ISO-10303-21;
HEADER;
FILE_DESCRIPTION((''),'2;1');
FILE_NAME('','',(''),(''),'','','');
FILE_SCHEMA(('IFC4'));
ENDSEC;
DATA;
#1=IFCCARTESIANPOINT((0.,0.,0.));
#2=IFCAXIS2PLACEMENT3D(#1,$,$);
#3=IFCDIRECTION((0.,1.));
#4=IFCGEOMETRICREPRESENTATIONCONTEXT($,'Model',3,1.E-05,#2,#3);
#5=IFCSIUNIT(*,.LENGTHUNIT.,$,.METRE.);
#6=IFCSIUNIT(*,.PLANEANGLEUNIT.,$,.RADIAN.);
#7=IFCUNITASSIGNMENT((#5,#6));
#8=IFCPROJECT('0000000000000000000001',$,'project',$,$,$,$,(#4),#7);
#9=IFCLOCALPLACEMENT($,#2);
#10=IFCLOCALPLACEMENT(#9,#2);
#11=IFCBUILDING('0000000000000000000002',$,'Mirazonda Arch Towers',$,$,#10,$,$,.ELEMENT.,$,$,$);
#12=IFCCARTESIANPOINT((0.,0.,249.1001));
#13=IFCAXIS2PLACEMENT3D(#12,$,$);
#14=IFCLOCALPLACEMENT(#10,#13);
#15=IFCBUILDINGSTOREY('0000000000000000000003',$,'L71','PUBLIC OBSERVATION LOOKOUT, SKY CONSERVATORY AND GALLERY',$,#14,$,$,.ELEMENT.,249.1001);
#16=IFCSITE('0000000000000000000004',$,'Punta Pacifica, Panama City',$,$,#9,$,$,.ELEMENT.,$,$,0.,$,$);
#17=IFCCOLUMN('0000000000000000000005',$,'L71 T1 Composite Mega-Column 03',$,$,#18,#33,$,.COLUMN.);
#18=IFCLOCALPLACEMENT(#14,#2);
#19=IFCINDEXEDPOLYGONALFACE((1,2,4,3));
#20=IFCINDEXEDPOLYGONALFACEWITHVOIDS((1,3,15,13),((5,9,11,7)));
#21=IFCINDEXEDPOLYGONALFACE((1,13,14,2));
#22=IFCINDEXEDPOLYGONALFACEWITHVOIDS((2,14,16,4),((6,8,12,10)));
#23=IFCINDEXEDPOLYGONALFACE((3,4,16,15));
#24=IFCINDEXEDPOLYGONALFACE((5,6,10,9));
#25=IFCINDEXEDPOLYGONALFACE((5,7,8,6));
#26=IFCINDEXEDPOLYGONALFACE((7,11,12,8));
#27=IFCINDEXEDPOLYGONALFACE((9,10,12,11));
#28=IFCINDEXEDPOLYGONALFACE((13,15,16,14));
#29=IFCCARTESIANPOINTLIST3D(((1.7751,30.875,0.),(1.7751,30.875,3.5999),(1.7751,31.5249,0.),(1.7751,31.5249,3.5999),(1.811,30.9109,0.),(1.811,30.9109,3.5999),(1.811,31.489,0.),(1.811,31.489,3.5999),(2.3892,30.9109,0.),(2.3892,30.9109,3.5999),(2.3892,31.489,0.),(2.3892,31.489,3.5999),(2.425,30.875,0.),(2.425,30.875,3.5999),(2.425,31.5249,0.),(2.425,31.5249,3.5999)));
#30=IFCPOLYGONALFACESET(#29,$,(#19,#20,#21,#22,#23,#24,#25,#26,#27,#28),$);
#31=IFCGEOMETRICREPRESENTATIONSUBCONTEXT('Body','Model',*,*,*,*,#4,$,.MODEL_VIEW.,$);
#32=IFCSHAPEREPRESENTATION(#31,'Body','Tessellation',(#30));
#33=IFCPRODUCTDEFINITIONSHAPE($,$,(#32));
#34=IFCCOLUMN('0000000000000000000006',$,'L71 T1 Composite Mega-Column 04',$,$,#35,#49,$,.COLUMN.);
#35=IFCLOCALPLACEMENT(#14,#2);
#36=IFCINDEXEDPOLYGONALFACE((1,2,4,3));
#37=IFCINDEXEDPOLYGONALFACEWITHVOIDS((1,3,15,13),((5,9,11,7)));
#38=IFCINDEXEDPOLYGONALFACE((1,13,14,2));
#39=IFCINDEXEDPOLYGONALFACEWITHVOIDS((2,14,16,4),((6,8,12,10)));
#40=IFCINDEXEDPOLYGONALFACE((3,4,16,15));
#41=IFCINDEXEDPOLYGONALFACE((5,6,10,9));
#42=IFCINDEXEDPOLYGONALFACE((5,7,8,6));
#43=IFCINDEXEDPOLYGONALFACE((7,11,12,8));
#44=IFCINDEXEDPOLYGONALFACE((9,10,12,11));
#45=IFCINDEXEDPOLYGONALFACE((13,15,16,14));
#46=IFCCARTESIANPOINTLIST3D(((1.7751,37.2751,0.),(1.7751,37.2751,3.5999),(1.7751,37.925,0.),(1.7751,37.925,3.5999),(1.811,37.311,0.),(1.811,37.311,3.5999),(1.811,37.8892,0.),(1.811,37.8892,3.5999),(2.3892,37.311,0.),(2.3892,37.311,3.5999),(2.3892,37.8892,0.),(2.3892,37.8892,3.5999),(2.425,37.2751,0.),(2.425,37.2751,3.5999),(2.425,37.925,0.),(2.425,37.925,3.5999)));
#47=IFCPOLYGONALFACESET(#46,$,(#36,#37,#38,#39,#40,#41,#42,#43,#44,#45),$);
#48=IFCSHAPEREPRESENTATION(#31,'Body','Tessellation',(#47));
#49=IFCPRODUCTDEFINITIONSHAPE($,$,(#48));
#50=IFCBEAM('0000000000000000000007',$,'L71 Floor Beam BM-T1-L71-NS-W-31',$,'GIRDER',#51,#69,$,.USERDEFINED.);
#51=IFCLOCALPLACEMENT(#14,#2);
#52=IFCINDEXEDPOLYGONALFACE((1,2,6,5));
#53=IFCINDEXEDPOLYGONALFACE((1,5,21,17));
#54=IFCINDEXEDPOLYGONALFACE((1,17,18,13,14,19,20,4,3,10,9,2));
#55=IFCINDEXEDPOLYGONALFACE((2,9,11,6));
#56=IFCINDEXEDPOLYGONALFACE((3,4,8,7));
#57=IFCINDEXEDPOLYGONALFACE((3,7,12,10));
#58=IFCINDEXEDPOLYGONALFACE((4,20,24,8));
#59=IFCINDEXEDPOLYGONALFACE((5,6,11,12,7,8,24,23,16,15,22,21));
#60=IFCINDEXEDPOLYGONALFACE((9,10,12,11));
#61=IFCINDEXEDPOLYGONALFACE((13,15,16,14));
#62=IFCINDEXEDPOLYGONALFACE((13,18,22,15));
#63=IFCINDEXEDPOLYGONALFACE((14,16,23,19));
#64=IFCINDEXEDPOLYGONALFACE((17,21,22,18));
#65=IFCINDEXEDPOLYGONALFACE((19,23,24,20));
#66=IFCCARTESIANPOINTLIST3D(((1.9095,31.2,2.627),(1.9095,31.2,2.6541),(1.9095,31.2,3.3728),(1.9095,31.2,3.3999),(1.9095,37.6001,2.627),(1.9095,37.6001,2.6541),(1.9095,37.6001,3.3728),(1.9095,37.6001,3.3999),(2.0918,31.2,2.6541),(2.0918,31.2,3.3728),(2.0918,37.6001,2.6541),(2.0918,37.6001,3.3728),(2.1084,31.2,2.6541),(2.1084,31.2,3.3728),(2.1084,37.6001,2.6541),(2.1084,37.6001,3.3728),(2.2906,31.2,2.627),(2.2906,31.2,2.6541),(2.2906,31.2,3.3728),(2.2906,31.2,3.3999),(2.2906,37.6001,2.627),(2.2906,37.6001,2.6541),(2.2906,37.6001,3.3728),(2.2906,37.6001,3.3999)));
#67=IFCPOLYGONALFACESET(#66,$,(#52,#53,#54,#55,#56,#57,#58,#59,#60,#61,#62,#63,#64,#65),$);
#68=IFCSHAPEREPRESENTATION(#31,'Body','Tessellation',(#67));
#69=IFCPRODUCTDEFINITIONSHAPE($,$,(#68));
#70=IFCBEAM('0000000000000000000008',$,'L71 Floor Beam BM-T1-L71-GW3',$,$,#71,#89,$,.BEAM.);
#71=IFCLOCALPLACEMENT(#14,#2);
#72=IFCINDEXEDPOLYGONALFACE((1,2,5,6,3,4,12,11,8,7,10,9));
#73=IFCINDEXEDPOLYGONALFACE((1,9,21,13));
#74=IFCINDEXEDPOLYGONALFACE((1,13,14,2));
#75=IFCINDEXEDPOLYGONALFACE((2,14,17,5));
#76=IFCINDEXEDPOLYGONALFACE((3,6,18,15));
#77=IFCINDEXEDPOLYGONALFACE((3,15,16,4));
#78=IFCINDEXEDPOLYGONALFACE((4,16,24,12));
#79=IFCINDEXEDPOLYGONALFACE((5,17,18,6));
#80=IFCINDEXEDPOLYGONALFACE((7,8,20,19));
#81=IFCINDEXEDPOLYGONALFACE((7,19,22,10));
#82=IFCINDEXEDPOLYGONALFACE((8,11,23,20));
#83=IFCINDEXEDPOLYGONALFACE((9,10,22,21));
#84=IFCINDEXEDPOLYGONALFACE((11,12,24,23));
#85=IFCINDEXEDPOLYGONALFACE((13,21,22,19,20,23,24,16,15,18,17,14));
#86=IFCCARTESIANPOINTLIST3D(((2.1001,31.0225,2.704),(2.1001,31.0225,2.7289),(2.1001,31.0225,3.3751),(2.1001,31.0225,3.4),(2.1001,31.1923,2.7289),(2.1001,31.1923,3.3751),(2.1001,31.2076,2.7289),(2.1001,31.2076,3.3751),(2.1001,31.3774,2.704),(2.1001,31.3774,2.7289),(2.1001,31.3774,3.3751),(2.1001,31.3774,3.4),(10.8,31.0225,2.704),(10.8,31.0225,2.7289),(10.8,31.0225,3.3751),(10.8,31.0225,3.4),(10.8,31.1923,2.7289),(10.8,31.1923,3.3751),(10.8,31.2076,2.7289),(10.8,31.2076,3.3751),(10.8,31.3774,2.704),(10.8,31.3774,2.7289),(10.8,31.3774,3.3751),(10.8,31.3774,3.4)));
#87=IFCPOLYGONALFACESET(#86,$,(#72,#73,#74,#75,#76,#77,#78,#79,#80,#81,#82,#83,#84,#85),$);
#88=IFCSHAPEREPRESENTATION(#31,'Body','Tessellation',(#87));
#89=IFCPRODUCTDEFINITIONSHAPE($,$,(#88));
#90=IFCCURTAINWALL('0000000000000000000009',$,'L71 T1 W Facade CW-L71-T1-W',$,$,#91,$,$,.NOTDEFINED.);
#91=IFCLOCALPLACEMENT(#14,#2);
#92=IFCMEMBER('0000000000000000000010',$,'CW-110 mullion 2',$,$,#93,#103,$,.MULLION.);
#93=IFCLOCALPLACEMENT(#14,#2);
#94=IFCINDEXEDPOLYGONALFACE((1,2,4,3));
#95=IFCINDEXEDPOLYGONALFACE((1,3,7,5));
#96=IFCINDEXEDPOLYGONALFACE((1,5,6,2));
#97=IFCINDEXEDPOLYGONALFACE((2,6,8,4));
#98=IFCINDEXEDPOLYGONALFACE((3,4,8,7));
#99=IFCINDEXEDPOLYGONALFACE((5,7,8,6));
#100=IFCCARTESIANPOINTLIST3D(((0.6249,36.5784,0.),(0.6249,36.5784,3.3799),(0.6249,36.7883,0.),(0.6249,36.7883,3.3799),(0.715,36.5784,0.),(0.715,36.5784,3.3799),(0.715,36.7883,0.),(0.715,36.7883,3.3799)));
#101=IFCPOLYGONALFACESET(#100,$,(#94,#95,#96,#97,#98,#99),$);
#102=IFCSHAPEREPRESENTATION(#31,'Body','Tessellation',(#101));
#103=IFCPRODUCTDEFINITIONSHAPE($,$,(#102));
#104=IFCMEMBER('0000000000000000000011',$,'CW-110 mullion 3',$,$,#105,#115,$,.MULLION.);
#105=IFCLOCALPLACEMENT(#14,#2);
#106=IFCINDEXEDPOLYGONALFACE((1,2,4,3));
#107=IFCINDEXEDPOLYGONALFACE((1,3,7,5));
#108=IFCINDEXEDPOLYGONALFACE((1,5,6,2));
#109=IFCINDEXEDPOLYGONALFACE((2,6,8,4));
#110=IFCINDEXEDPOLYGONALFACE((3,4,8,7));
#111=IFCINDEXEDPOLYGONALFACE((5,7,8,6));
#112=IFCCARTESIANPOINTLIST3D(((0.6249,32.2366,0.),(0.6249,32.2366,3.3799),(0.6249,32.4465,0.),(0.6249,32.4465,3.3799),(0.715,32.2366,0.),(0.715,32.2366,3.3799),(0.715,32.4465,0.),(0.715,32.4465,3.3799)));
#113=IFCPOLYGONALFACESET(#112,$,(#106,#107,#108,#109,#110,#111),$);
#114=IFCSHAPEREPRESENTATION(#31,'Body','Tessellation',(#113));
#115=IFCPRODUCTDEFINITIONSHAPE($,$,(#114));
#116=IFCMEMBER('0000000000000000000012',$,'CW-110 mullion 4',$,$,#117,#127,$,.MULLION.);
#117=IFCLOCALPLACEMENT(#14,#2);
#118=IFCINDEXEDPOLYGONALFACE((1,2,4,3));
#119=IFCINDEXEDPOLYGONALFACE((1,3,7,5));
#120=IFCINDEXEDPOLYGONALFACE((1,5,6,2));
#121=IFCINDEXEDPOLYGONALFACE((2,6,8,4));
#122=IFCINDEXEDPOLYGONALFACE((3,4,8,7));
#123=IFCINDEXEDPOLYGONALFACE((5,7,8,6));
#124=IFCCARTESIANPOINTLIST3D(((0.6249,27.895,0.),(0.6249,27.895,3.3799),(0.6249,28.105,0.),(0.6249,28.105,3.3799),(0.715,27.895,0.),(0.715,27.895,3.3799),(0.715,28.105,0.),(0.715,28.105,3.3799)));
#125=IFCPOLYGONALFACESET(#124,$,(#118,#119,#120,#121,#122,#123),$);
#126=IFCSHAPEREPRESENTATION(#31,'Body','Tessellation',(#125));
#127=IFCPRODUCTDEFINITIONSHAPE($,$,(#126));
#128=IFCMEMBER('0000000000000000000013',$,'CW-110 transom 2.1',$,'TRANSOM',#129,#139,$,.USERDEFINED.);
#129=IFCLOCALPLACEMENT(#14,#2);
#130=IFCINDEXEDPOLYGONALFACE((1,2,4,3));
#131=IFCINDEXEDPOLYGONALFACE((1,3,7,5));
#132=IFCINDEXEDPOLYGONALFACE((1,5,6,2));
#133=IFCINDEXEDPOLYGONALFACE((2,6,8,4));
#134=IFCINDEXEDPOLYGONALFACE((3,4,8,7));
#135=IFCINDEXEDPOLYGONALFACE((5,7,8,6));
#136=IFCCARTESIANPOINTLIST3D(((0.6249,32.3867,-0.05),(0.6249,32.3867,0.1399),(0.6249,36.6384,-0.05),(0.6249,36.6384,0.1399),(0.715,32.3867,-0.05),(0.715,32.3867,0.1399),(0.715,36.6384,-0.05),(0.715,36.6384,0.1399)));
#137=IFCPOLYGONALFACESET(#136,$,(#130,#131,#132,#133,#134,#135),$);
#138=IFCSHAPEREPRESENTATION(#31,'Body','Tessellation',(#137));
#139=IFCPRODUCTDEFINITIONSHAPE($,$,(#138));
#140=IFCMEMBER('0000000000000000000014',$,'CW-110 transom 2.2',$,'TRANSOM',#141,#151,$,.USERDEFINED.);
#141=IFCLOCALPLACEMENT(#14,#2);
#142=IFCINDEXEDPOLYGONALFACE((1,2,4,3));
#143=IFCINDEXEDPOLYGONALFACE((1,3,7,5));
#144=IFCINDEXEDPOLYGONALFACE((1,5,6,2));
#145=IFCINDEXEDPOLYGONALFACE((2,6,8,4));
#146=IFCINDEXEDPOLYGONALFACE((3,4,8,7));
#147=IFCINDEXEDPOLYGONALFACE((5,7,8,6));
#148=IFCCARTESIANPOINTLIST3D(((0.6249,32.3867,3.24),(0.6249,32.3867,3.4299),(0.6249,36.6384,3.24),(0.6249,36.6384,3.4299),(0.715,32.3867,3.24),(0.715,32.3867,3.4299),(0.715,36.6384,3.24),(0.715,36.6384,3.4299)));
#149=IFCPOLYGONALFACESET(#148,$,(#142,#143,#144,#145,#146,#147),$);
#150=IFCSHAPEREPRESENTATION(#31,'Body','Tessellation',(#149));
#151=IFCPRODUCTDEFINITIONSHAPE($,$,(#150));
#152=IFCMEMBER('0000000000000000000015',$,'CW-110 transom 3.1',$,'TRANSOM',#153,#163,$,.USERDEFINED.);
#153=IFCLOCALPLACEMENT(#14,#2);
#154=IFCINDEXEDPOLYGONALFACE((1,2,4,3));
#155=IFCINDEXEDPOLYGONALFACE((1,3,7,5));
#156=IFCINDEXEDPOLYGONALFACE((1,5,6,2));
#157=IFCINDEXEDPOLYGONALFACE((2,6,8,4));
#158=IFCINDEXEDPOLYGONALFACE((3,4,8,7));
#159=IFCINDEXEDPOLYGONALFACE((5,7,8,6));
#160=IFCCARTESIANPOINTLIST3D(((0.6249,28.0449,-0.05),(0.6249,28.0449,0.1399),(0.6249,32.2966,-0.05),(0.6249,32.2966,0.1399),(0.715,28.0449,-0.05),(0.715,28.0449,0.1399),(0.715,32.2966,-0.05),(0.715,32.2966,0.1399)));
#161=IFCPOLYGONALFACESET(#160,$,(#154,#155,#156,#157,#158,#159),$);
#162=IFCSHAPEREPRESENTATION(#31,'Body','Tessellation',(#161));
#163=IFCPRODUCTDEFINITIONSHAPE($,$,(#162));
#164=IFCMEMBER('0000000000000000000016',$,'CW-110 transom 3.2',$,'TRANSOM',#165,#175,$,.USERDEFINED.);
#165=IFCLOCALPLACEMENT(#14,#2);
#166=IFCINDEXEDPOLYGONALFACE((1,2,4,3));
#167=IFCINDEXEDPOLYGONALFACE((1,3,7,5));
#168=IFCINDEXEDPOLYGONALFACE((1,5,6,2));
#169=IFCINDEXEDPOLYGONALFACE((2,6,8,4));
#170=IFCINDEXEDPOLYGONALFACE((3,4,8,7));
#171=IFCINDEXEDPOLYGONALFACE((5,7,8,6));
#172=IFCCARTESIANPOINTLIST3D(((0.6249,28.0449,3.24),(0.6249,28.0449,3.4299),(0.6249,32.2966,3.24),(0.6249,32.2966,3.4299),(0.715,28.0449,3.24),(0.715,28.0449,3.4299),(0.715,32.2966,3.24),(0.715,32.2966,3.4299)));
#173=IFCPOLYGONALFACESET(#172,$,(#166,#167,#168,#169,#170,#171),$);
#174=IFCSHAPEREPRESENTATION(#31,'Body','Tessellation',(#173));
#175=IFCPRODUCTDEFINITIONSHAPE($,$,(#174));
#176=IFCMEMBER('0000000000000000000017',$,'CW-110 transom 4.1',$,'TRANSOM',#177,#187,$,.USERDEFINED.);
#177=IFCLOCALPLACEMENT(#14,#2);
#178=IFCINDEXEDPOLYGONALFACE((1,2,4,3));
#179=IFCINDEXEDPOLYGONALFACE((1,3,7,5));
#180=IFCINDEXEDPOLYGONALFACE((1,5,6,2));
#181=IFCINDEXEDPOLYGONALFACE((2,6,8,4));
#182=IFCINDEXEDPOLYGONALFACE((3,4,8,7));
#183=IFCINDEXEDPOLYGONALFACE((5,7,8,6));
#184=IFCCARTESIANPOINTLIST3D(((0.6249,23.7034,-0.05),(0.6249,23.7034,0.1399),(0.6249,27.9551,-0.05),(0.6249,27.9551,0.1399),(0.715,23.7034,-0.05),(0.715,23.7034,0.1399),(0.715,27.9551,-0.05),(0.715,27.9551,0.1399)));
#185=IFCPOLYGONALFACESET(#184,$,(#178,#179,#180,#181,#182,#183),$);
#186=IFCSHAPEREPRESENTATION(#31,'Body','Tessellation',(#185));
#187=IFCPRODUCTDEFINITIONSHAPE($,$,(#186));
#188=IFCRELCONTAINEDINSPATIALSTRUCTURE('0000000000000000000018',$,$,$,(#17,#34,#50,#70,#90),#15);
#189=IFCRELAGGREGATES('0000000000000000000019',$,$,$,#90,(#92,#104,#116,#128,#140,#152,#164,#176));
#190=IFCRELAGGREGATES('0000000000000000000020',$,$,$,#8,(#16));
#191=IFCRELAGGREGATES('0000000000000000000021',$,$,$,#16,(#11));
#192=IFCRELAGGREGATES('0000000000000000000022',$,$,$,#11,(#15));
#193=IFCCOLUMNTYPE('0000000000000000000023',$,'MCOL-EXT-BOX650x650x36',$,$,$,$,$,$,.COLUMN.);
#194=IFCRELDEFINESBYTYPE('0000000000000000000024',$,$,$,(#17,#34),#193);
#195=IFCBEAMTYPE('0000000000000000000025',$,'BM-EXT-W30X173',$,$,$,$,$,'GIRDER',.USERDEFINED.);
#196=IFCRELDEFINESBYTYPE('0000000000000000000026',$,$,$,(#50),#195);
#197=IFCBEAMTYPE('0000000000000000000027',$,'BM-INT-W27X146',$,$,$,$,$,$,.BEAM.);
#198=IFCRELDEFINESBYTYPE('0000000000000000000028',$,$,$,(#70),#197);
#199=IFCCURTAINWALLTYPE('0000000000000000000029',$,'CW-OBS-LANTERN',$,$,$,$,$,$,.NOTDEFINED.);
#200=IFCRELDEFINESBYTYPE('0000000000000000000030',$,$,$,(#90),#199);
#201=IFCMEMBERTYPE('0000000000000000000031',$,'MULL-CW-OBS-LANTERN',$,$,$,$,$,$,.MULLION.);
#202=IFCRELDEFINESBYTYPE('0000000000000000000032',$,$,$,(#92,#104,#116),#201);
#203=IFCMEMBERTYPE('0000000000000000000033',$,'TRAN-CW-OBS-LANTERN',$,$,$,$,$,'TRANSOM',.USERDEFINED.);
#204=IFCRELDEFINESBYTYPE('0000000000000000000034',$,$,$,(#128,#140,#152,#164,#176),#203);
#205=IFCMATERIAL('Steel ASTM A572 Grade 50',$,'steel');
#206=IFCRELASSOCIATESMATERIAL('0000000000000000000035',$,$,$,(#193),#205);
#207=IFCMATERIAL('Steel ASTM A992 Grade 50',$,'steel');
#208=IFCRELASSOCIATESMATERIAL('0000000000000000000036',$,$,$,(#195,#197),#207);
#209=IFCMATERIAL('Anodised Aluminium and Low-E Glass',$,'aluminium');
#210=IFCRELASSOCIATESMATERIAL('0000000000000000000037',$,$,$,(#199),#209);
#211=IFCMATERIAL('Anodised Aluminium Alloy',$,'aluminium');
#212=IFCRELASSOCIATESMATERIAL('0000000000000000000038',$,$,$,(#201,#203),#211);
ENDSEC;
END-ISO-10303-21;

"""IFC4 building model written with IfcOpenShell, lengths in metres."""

from ifc_helpers import new_model, si_unit, direction, frame, origin, origin_2d, place, context, subcontext, project, spatial, rectangle, hollow_rectangle, i_section, extrude, material, material_profile, profile_set, type_object, element, aggregate, save


model = new_model("IFC4")

# Units and contexts
model_context = context("Model", 3, precision=1e-05, world=origin(), true_north=direction((0.0, 1.0)))
body_context = subcontext(model_context, "Body", "Model", "MODEL_VIEW")
ifc_project = project(units=[si_unit("LENGTHUNIT", "METRE"), si_unit("PLANEANGLEUNIT", "RADIAN")], contexts=[model_context])

# Site, building, storey
site_placement = place(None, origin())
site = spatial("IfcSite", under=ifc_project, at=site_placement, Name="Punta Pacifica, Panama City", CompositionType="ELEMENT", RefElevation=0.0)
building_placement = place(site_placement, origin())
building = spatial("IfcBuilding", under=site, at=building_placement, Name="Mirazonda Arch Towers", CompositionType="ELEMENT")
storey_placement = place(building_placement, frame((0.0, 0.0, 249.1001)))
storey = spatial("IfcBuildingStorey", under=building, at=storey_placement, Name="L71", Description="PUBLIC OBSERVATION LOOKOUT, SKY CONSERVATORY AND GALLERY", CompositionType="ELEMENT", Elevation=249.1001)

# Columns
ifc_material_1 = material(Name="Steel ASTM A572 Grade 50", Category="steel")
ifc_material_profile_1 = material_profile(ifc_material_1, hollow_rectangle(XDim=0.6499, YDim=0.6499, WallThickness=0.0359, at=origin_2d()), Name="BOX650x650x36")
ifc_profile_set_1 = profile_set([ifc_material_profile_1], Name="Steel ASTM A572 Grade 50")
column_type = type_object("IfcColumnType", Name="MCOL-EXT-BOX650x650x36", PredefinedType="COLUMN", material=ifc_profile_set_1)
for number, where, z_axis, x_axis, name in (
    (1, (2.1001, 31.2, 0.0), (0.0, 0.0, 1.0), (1.0, 0.0, 0.0), "L71 T1 Composite Mega-Column 03"),
    (2, (2.1001, 37.6001, 0.0), (0.0, 0.0, 1.0), (1.0, 0.0, 0.0), "L71 T1 Composite Mega-Column 04"),
):
    element("IfcColumn", number, at=place(storey_placement, frame(where, z_axis=z_axis, x_axis=x_axis)), inside=storey, type_object=column_type, Name=name, PredefinedType="COLUMN", context=body_context, shape_type="SweptSolid", body=[
        extrude(hollow_rectangle(XDim=0.6499, YDim=0.6499, WallThickness=0.0359, at=origin_2d()), origin(), (0.0, 0.0, 1.0), 3.5999),
    ])

# Beams
ifc_material_2 = material(Name="Steel ASTM A992 Grade 50", Category="steel")
ifc_material_profile_2 = material_profile(ifc_material_2, i_section(OverallWidth=0.3811, OverallDepth=0.7729, WebThickness=0.0166, FlangeThickness=0.0271, at=origin_2d()), Name="W30X173")
ifc_profile_set_2 = profile_set([ifc_material_profile_2], Name="Steel ASTM A992 Grade 50")
beam_type_1 = type_object("IfcBeamType", Name="BM-EXT-W30X173", ElementType="GIRDER", PredefinedType="USERDEFINED", material=ifc_profile_set_2)
beam_1_placement = place(storey_placement, frame((2.1001, 31.2, 3.0134), z_axis=(0.0, 1.0, 0.0), x_axis=(-1.0, 0.0, 0.0)))
element("IfcBeam", 3, at=beam_1_placement, inside=storey, type_object=beam_type_1, Name="L71 Floor Beam BM-T1-L71-NS-W-31", ObjectType="GIRDER", PredefinedType="USERDEFINED", context=body_context, shape_type="SweptSolid", body=[
    extrude(i_section(OverallWidth=0.3811, OverallDepth=0.7729, WebThickness=0.0166, FlangeThickness=0.0271, at=origin_2d()), origin(), (0.0, 0.0, 1.0), 6.4001),
])
ifc_material_profile_3 = material_profile(ifc_material_2, i_section(OverallWidth=0.355, OverallDepth=0.696, WebThickness=0.0154, FlangeThickness=0.0249, at=origin_2d()), Name="W27X146")
ifc_profile_set_3 = profile_set([ifc_material_profile_3], Name="Steel ASTM A992 Grade 50")
beam_type_2 = type_object("IfcBeamType", Name="BM-INT-W27X146", PredefinedType="BEAM", material=ifc_profile_set_3)
beam_2_placement = place(storey_placement, frame((2.1001, 31.2, 3.052), z_axis=(1.0, 0.0, 0.0), x_axis=(0.0, 1.0, 0.0)))
element("IfcBeam", 4, at=beam_2_placement, inside=storey, type_object=beam_type_2, Name="L71 Floor Beam BM-T1-L71-GW3", PredefinedType="BEAM", context=body_context, shape_type="SweptSolid", body=[
    extrude(i_section(OverallWidth=0.355, OverallDepth=0.696, WebThickness=0.0154, FlangeThickness=0.0249, at=origin_2d()), origin(), (0.0, 0.0, 1.0), 8.7),
])

# Curtain wall, members
ifc_material_3 = material(Name="Anodised Aluminium and Low-E Glass", Category="aluminium")
curtain_wall_type = type_object("IfcCurtainWallType", Name="CW-OBS-LANTERN", PredefinedType="NOTDEFINED", material=ifc_material_3)
curtain_wall_placement = place(storey_placement, origin())
curtain_wall = element("IfcCurtainWall", 5, at=curtain_wall_placement, inside=storey, type_object=curtain_wall_type, Name="L71 T1 W Facade CW-L71-T1-W", PredefinedType="NOTDEFINED")
ifc_material_4 = material(Name="Anodised Aluminium Alloy", Category="aluminium")
ifc_material_profile_4 = material_profile(ifc_material_4, rectangle(XDim=0.0901, YDim=0.21, at=origin_2d()), Name="ALU-MULL-90x210")
ifc_profile_set_4 = profile_set([ifc_material_profile_4], Name="Anodised Aluminium Alloy")
member_type_1 = type_object("IfcMemberType", Name="MULL-CW-OBS-LANTERN", PredefinedType="MULLION", material=ifc_profile_set_4)
member_1_placement = place(storey_placement, frame((0.6699, 36.6833, 0.0), z_axis=(0.0, 0.0, 1.0), x_axis=(1.0, 0.0, 0.0)))
member_1 = element("IfcMember", 6, at=member_1_placement, type_object=member_type_1, Name="CW-110 mullion 2", PredefinedType="MULLION", context=body_context, shape_type="SweptSolid", body=[
    extrude(rectangle(XDim=0.0901, YDim=0.21, at=origin_2d()), origin(), (0.0, 0.0, 1.0), 3.3799),
])
member_2_placement = place(storey_placement, frame((0.6699, 32.3416, 0.0), z_axis=(0.0, 0.0, 1.0), x_axis=(1.0, 0.0, 0.0)))
member_2 = element("IfcMember", 7, at=member_2_placement, type_object=member_type_1, Name="CW-110 mullion 3", PredefinedType="MULLION", context=body_context, shape_type="SweptSolid", body=[
    extrude(rectangle(XDim=0.0901, YDim=0.21, at=origin_2d()), origin(), (0.0, 0.0, 1.0), 3.3799),
])
member_3_placement = place(storey_placement, frame((0.6699, 28.0, 0.0), z_axis=(0.0, 0.0, 1.0), x_axis=(1.0, 0.0, 0.0)))
member_3 = element("IfcMember", 8, at=member_3_placement, type_object=member_type_1, Name="CW-110 mullion 4", PredefinedType="MULLION", context=body_context, shape_type="SweptSolid", body=[
    extrude(rectangle(XDim=0.0901, YDim=0.21, at=origin_2d()), origin(), (0.0, 0.0, 1.0), 3.3799),
])
ifc_material_profile_5 = material_profile(ifc_material_4, rectangle(XDim=0.0901, YDim=0.1899, at=origin_2d()), Name="ALU-TRAN-90x190")
ifc_profile_set_5 = profile_set([ifc_material_profile_5], Name="Anodised Aluminium Alloy")
member_type_2 = type_object("IfcMemberType", Name="TRAN-CW-OBS-LANTERN", ElementType="TRANSOM", PredefinedType="USERDEFINED", material=ifc_profile_set_5)
member_4_placement = place(storey_placement, frame((0.6699, 36.6384, 0.0449), z_axis=(0.0, -1.0, 0.0), x_axis=(1.0, 0.0, 0.0)))
member_4 = element("IfcMember", 9, at=member_4_placement, type_object=member_type_2, Name="CW-110 transom 2.1", ObjectType="TRANSOM", PredefinedType="USERDEFINED", context=body_context, shape_type="SweptSolid", body=[
    extrude(rectangle(XDim=0.0901, YDim=0.1899, at=origin_2d()), origin(), (0.0, 0.0, 1.0), 4.2517),
])
member_5_placement = place(storey_placement, frame((0.6699, 36.6384, 3.335), z_axis=(0.0, -1.0, 0.0), x_axis=(1.0, 0.0, 0.0)))
member_5 = element("IfcMember", 10, at=member_5_placement, type_object=member_type_2, Name="CW-110 transom 2.2", ObjectType="TRANSOM", PredefinedType="USERDEFINED", context=body_context, shape_type="SweptSolid", body=[
    extrude(rectangle(XDim=0.0901, YDim=0.1899, at=origin_2d()), origin(), (0.0, 0.0, 1.0), 4.2517),
])
member_6_placement = place(storey_placement, frame((0.6699, 32.2966, 0.0449), z_axis=(0.0, -1.0, 0.0), x_axis=(1.0, 0.0, 0.0)))
member_6 = element("IfcMember", 11, at=member_6_placement, type_object=member_type_2, Name="CW-110 transom 3.1", ObjectType="TRANSOM", PredefinedType="USERDEFINED", context=body_context, shape_type="SweptSolid", body=[
    extrude(rectangle(XDim=0.0901, YDim=0.1899, at=origin_2d()), origin(), (0.0, 0.0, 1.0), 4.2517),
])
member_7_placement = place(storey_placement, frame((0.6699, 32.2966, 3.335), z_axis=(0.0, -1.0, 0.0), x_axis=(1.0, 0.0, 0.0)))
member_7 = element("IfcMember", 12, at=member_7_placement, type_object=member_type_2, Name="CW-110 transom 3.2", ObjectType="TRANSOM", PredefinedType="USERDEFINED", context=body_context, shape_type="SweptSolid", body=[
    extrude(rectangle(XDim=0.0901, YDim=0.1899, at=origin_2d()), origin(), (0.0, 0.0, 1.0), 4.2517),
])
member_8_placement = place(storey_placement, frame((0.6699, 27.9551, 0.0449), z_axis=(0.0, -1.0, 0.0), x_axis=(1.0, 0.0, 0.0)))
member_8 = element("IfcMember", 13, at=member_8_placement, type_object=member_type_2, Name="CW-110 transom 4.1", ObjectType="TRANSOM", PredefinedType="USERDEFINED", context=body_context, shape_type="SweptSolid", body=[
    extrude(rectangle(XDim=0.0901, YDim=0.1899, at=origin_2d()), origin(), (0.0, 0.0, 1.0), 4.2517),
])
aggregate(curtain_wall, [member_1, member_2, member_3, member_4, member_5, member_6, member_7, member_8])

save(model, "model.ifc")
